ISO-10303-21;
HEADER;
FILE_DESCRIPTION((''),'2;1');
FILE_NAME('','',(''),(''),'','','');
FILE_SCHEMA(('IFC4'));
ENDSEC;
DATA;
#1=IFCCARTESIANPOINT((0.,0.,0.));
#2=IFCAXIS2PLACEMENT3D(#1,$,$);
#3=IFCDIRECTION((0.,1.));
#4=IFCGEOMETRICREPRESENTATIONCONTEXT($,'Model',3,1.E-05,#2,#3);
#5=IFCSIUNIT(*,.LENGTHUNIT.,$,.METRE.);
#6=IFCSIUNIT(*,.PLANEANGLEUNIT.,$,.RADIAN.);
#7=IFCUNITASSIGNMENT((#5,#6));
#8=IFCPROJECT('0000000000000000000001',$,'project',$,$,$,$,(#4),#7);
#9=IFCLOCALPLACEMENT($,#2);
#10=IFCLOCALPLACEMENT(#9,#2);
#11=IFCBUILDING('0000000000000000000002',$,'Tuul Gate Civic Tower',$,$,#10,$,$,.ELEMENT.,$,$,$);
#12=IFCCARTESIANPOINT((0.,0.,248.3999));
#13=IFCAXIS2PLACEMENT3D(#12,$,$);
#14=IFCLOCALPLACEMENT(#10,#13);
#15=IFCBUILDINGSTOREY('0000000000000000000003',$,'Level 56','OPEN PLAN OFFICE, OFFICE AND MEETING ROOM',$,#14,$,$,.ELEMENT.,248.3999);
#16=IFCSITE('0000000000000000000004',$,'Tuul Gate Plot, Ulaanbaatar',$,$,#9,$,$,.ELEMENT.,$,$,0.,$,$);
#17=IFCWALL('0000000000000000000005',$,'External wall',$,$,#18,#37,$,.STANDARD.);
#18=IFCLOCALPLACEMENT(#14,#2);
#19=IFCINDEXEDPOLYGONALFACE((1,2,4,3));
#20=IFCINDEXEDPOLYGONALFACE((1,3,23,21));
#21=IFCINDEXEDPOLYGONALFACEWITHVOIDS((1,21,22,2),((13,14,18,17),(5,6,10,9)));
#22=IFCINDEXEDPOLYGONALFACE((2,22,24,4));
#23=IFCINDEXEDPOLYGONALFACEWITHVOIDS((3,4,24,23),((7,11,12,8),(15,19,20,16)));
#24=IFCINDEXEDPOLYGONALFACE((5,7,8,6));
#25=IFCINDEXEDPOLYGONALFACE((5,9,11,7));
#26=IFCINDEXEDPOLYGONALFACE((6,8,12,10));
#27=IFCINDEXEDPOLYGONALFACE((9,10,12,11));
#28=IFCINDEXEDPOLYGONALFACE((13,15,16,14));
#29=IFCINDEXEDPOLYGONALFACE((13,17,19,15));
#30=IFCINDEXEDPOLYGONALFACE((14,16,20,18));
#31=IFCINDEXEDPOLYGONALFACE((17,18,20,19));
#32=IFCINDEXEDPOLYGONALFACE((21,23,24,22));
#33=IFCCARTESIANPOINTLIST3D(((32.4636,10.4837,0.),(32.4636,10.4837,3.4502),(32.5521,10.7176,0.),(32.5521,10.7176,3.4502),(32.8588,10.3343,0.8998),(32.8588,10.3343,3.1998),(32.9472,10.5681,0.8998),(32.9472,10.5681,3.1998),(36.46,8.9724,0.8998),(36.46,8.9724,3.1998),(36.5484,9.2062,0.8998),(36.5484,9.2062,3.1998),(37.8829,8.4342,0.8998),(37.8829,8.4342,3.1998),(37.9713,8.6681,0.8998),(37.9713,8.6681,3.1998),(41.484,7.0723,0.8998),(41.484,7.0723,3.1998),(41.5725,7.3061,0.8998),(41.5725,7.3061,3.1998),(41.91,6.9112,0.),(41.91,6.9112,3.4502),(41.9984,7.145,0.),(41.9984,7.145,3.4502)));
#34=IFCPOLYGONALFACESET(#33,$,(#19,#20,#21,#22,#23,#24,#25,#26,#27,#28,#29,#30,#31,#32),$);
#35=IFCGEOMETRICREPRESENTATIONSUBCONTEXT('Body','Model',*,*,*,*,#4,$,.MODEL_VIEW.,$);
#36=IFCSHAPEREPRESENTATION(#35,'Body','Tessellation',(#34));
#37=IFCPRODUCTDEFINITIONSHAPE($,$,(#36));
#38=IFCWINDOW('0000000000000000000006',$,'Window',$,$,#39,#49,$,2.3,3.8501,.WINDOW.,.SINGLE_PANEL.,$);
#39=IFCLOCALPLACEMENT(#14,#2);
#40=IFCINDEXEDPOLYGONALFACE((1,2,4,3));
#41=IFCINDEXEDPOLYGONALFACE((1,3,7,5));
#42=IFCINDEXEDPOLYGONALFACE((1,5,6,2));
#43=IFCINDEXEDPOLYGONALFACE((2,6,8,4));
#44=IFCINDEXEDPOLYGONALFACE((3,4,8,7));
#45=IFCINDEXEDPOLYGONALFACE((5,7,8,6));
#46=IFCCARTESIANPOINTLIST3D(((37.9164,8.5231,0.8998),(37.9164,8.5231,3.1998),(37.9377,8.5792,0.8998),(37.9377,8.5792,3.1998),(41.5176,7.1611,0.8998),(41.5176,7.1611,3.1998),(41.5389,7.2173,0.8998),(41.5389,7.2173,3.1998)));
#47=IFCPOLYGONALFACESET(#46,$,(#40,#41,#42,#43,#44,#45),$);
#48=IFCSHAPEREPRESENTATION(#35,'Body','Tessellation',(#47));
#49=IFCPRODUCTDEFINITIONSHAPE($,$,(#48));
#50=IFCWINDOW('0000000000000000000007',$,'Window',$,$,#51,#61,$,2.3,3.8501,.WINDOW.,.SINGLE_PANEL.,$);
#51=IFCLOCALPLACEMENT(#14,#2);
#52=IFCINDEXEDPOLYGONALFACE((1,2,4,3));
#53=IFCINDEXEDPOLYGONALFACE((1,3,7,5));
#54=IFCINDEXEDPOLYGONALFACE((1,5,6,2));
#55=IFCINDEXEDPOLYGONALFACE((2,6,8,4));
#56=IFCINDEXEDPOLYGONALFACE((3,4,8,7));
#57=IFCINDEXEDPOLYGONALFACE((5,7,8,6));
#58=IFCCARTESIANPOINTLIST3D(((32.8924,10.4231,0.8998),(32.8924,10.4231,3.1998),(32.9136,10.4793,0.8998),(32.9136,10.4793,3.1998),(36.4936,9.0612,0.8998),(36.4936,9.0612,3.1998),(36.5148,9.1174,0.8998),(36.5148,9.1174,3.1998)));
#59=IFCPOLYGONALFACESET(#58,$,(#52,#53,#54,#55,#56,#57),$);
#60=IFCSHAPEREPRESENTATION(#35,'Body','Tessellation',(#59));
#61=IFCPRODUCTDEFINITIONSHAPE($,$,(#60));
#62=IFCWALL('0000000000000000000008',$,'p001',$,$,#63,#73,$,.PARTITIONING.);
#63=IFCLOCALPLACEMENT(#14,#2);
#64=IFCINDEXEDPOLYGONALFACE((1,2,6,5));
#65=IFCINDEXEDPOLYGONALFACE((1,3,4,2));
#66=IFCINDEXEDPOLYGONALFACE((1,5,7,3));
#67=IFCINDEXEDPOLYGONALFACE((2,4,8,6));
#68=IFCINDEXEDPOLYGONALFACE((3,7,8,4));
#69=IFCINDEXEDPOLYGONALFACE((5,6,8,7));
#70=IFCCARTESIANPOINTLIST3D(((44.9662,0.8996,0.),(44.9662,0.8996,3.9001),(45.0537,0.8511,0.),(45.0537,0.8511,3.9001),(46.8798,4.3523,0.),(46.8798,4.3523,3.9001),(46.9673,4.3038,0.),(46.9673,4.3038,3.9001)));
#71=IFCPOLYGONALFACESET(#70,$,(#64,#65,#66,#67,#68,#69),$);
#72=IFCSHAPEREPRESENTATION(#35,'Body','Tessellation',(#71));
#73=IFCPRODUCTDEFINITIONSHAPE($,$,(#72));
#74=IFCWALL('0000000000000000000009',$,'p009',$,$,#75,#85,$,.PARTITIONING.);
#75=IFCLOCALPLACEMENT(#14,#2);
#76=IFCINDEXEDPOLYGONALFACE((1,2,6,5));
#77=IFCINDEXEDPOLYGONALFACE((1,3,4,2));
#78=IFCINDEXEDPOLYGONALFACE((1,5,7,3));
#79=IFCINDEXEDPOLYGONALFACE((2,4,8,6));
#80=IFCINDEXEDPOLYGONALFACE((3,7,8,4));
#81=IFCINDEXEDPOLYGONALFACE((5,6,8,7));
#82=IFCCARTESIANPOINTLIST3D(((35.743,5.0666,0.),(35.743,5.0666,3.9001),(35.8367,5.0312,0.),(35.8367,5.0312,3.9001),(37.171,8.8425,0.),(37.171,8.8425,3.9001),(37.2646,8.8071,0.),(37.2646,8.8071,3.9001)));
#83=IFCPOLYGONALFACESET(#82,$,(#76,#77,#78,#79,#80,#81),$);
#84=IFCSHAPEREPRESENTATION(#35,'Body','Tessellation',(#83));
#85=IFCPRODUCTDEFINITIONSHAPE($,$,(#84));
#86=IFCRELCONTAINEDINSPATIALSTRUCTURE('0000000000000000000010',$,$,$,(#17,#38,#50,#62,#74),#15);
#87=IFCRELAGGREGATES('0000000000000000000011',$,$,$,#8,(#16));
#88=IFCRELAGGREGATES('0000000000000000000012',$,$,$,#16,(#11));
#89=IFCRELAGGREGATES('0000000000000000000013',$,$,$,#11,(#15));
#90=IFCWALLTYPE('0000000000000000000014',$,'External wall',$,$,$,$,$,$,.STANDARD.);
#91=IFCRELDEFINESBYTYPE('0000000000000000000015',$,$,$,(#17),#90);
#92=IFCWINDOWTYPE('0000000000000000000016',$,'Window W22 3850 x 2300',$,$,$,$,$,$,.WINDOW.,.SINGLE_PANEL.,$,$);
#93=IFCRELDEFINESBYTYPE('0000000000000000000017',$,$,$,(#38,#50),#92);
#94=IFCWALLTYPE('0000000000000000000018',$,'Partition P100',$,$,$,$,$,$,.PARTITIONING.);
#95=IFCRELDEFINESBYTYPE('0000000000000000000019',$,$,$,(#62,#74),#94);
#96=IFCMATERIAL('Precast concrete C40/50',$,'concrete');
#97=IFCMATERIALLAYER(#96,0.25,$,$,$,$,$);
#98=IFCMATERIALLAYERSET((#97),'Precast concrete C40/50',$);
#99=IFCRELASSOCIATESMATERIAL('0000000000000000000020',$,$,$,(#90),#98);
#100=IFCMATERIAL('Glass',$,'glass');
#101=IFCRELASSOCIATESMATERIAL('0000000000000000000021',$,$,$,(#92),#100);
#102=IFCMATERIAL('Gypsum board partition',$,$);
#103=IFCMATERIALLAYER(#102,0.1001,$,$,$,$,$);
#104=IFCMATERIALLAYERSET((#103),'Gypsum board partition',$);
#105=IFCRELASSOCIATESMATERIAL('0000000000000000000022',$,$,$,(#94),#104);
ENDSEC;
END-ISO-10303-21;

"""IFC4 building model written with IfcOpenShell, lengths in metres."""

from ifc_helpers import new_model, si_unit, direction, frame, frame_2d, origin, place, context, subcontext, project, spatial, rectangle, extrude, material, layer, layer_set, type_object, element, fill, save


model = new_model("IFC4")

# Units and contexts
model_context = context("Model", 3, precision=1e-05, world=origin(), true_north=direction((0.0, 1.0)))
body_context = subcontext(model_context, "Body", "Model", "MODEL_VIEW")
ifc_project = project(units=[si_unit("LENGTHUNIT", "METRE"), si_unit("PLANEANGLEUNIT", "RADIAN")], contexts=[model_context])

# Site, building, storey
site_placement = place(None, origin())
site = spatial("IfcSite", under=ifc_project, at=site_placement, Name="Tuul Gate Plot, Ulaanbaatar", CompositionType="ELEMENT", RefElevation=0.0)
building_placement = place(site_placement, origin())
building = spatial("IfcBuilding", under=site, at=building_placement, Name="Tuul Gate Civic Tower", CompositionType="ELEMENT")
storey_placement = place(building_placement, frame((0.0, 0.0, 248.3999)))
storey = spatial("IfcBuildingStorey", under=building, at=storey_placement, Name="Level 56", Description="OPEN PLAN OFFICE, OFFICE AND MEETING ROOM", CompositionType="ELEMENT", Elevation=248.3999)

# Wall, openings, windows
ifc_material_1 = material(Name="Precast concrete C40/50", Category="concrete")
ifc_layer_1 = layer(ifc_material_1, 0.25)
ifc_layer_set_1 = layer_set([ifc_layer_1], Name="Precast concrete C40/50")
wall_type_1 = type_object("IfcWallType", Name="External wall", PredefinedType="STANDARD", material=ifc_layer_set_1)
wall_1_placement = place(storey_placement, frame((41.9543, 7.0281, 0.0), z_axis=(0.0, 0.0, 1.0), x_axis=(-0.935344, 0.353739, 0.0)))
wall_1 = element("IfcWall", 1, at=wall_1_placement, inside=storey, type_object=wall_type_1, Name="External wall", PredefinedType="STANDARD", context=body_context, shape_type="SweptSolid", body=[
    extrude(rectangle(XDim=10.0994, YDim=0.25, at=frame_2d((5.0498, 0.0))), origin(), (0.0, 0.0, 1.0), 3.4502),
])
opening_1_placement = place(wall_1_placement, frame((0.4556, 0.0, 0.8999)))
opening_1 = element("IfcOpeningElement", 2, at=opening_1_placement, cuts=wall_1, PredefinedType="OPENING", context=body_context, shape_type="SweptSolid", body=[
    extrude(rectangle(XDim=3.8501, YDim=2.3, at=frame_2d((1.925, 1.1499))), frame((0.0, 0.135, 0.0), z_axis=(0.0, -1.0, 0.0), x_axis=(1.0, 0.0, 0.0)), (0.0, 0.0, 1.0), 0.27),
])
opening_2_placement = place(wall_1_placement, frame((5.8269, 0.0, 0.8999)))
opening_2 = element("IfcOpeningElement", 3, at=opening_2_placement, cuts=wall_1, PredefinedType="OPENING", context=body_context, shape_type="SweptSolid", body=[
    extrude(rectangle(XDim=3.8501, YDim=2.3, at=frame_2d((1.925, 1.1499))), frame((0.0, 0.135, 0.0), z_axis=(0.0, -1.0, 0.0), x_axis=(1.0, 0.0, 0.0)), (0.0, 0.0, 1.0), 0.27),
])
ifc_material_2 = material(Name="Glass", Category="glass")
window_type = type_object("IfcWindowType", Name="Window W22 3850 x 2300", PartitioningType="SINGLE_PANEL", PredefinedType="WINDOW", material=ifc_material_2)
window_1_placement = place(opening_1_placement, origin())
window_1 = element("IfcWindow", 4, at=window_1_placement, inside=storey, type_object=window_type, Name="Window", OverallHeight=2.3, OverallWidth=3.8501, PartitioningType="SINGLE_PANEL", PredefinedType="WINDOW", context=body_context, shape_type="SweptSolid", body=[
    extrude(rectangle(XDim=3.8501, YDim=2.3, at=frame_2d((1.925, 1.1499))), frame((0.0, 0.03, 0.0), z_axis=(0.0, -1.0, 0.0), x_axis=(1.0, 0.0, 0.0)), (0.0, 0.0, 1.0), 0.0601),
])
fill(opening_1, window_1)
window_2_placement = place(opening_2_placement, origin())
window_2 = element("IfcWindow", 5, at=window_2_placement, inside=storey, type_object=window_type, Name="Window", OverallHeight=2.3, OverallWidth=3.8501, PartitioningType="SINGLE_PANEL", PredefinedType="WINDOW", context=body_context, shape_type="SweptSolid", body=[
    extrude(rectangle(XDim=3.8501, YDim=2.3, at=frame_2d((1.925, 1.1499))), frame((0.0, 0.03, 0.0), z_axis=(0.0, -1.0, 0.0), x_axis=(1.0, 0.0, 0.0)), (0.0, 0.0, 1.0), 0.0601),
])
fill(opening_2, window_2)

# Walls
ifc_material_3 = material(Name="Gypsum board partition")
ifc_layer_2 = layer(ifc_material_3, 0.1001)
ifc_layer_set_2 = layer_set([ifc_layer_2], Name="Gypsum board partition")
wall_type_2 = type_object("IfcWallType", Name="Partition P100", PredefinedType="PARTITIONING", material=ifc_layer_set_2)
wall_2_placement = place(storey_placement, frame((45.01, 0.8755, 0.0), z_axis=(0.0, 0.0, 1.0), x_axis=(0.48476, 0.874647, 0.0)))
element("IfcWall", 6, at=wall_2_placement, inside=storey, type_object=wall_type_2, Name="p001", PredefinedType="PARTITIONING", context=body_context, shape_type="SweptSolid", body=[
    extrude(rectangle(XDim=3.9475, YDim=0.1001, at=frame_2d((1.9736, 0.0))), origin(), (0.0, 0.0, 1.0), 3.9001),
])
wall_3_placement = place(storey_placement, frame((35.7898, 5.0488, 0.0), z_axis=(0.0, 0.0, 1.0), x_axis=(0.353733, 0.935346, 0.0)))
element("IfcWall", 7, at=wall_3_placement, inside=storey, type_object=wall_type_2, Name="p009", PredefinedType="PARTITIONING", context=body_context, shape_type="SweptSolid", body=[
    extrude(rectangle(XDim=4.0369, YDim=0.1001, at=frame_2d((2.0186, 0.0))), origin(), (0.0, 0.0, 1.0), 3.9001),
])

save(model, "model.ifc")
